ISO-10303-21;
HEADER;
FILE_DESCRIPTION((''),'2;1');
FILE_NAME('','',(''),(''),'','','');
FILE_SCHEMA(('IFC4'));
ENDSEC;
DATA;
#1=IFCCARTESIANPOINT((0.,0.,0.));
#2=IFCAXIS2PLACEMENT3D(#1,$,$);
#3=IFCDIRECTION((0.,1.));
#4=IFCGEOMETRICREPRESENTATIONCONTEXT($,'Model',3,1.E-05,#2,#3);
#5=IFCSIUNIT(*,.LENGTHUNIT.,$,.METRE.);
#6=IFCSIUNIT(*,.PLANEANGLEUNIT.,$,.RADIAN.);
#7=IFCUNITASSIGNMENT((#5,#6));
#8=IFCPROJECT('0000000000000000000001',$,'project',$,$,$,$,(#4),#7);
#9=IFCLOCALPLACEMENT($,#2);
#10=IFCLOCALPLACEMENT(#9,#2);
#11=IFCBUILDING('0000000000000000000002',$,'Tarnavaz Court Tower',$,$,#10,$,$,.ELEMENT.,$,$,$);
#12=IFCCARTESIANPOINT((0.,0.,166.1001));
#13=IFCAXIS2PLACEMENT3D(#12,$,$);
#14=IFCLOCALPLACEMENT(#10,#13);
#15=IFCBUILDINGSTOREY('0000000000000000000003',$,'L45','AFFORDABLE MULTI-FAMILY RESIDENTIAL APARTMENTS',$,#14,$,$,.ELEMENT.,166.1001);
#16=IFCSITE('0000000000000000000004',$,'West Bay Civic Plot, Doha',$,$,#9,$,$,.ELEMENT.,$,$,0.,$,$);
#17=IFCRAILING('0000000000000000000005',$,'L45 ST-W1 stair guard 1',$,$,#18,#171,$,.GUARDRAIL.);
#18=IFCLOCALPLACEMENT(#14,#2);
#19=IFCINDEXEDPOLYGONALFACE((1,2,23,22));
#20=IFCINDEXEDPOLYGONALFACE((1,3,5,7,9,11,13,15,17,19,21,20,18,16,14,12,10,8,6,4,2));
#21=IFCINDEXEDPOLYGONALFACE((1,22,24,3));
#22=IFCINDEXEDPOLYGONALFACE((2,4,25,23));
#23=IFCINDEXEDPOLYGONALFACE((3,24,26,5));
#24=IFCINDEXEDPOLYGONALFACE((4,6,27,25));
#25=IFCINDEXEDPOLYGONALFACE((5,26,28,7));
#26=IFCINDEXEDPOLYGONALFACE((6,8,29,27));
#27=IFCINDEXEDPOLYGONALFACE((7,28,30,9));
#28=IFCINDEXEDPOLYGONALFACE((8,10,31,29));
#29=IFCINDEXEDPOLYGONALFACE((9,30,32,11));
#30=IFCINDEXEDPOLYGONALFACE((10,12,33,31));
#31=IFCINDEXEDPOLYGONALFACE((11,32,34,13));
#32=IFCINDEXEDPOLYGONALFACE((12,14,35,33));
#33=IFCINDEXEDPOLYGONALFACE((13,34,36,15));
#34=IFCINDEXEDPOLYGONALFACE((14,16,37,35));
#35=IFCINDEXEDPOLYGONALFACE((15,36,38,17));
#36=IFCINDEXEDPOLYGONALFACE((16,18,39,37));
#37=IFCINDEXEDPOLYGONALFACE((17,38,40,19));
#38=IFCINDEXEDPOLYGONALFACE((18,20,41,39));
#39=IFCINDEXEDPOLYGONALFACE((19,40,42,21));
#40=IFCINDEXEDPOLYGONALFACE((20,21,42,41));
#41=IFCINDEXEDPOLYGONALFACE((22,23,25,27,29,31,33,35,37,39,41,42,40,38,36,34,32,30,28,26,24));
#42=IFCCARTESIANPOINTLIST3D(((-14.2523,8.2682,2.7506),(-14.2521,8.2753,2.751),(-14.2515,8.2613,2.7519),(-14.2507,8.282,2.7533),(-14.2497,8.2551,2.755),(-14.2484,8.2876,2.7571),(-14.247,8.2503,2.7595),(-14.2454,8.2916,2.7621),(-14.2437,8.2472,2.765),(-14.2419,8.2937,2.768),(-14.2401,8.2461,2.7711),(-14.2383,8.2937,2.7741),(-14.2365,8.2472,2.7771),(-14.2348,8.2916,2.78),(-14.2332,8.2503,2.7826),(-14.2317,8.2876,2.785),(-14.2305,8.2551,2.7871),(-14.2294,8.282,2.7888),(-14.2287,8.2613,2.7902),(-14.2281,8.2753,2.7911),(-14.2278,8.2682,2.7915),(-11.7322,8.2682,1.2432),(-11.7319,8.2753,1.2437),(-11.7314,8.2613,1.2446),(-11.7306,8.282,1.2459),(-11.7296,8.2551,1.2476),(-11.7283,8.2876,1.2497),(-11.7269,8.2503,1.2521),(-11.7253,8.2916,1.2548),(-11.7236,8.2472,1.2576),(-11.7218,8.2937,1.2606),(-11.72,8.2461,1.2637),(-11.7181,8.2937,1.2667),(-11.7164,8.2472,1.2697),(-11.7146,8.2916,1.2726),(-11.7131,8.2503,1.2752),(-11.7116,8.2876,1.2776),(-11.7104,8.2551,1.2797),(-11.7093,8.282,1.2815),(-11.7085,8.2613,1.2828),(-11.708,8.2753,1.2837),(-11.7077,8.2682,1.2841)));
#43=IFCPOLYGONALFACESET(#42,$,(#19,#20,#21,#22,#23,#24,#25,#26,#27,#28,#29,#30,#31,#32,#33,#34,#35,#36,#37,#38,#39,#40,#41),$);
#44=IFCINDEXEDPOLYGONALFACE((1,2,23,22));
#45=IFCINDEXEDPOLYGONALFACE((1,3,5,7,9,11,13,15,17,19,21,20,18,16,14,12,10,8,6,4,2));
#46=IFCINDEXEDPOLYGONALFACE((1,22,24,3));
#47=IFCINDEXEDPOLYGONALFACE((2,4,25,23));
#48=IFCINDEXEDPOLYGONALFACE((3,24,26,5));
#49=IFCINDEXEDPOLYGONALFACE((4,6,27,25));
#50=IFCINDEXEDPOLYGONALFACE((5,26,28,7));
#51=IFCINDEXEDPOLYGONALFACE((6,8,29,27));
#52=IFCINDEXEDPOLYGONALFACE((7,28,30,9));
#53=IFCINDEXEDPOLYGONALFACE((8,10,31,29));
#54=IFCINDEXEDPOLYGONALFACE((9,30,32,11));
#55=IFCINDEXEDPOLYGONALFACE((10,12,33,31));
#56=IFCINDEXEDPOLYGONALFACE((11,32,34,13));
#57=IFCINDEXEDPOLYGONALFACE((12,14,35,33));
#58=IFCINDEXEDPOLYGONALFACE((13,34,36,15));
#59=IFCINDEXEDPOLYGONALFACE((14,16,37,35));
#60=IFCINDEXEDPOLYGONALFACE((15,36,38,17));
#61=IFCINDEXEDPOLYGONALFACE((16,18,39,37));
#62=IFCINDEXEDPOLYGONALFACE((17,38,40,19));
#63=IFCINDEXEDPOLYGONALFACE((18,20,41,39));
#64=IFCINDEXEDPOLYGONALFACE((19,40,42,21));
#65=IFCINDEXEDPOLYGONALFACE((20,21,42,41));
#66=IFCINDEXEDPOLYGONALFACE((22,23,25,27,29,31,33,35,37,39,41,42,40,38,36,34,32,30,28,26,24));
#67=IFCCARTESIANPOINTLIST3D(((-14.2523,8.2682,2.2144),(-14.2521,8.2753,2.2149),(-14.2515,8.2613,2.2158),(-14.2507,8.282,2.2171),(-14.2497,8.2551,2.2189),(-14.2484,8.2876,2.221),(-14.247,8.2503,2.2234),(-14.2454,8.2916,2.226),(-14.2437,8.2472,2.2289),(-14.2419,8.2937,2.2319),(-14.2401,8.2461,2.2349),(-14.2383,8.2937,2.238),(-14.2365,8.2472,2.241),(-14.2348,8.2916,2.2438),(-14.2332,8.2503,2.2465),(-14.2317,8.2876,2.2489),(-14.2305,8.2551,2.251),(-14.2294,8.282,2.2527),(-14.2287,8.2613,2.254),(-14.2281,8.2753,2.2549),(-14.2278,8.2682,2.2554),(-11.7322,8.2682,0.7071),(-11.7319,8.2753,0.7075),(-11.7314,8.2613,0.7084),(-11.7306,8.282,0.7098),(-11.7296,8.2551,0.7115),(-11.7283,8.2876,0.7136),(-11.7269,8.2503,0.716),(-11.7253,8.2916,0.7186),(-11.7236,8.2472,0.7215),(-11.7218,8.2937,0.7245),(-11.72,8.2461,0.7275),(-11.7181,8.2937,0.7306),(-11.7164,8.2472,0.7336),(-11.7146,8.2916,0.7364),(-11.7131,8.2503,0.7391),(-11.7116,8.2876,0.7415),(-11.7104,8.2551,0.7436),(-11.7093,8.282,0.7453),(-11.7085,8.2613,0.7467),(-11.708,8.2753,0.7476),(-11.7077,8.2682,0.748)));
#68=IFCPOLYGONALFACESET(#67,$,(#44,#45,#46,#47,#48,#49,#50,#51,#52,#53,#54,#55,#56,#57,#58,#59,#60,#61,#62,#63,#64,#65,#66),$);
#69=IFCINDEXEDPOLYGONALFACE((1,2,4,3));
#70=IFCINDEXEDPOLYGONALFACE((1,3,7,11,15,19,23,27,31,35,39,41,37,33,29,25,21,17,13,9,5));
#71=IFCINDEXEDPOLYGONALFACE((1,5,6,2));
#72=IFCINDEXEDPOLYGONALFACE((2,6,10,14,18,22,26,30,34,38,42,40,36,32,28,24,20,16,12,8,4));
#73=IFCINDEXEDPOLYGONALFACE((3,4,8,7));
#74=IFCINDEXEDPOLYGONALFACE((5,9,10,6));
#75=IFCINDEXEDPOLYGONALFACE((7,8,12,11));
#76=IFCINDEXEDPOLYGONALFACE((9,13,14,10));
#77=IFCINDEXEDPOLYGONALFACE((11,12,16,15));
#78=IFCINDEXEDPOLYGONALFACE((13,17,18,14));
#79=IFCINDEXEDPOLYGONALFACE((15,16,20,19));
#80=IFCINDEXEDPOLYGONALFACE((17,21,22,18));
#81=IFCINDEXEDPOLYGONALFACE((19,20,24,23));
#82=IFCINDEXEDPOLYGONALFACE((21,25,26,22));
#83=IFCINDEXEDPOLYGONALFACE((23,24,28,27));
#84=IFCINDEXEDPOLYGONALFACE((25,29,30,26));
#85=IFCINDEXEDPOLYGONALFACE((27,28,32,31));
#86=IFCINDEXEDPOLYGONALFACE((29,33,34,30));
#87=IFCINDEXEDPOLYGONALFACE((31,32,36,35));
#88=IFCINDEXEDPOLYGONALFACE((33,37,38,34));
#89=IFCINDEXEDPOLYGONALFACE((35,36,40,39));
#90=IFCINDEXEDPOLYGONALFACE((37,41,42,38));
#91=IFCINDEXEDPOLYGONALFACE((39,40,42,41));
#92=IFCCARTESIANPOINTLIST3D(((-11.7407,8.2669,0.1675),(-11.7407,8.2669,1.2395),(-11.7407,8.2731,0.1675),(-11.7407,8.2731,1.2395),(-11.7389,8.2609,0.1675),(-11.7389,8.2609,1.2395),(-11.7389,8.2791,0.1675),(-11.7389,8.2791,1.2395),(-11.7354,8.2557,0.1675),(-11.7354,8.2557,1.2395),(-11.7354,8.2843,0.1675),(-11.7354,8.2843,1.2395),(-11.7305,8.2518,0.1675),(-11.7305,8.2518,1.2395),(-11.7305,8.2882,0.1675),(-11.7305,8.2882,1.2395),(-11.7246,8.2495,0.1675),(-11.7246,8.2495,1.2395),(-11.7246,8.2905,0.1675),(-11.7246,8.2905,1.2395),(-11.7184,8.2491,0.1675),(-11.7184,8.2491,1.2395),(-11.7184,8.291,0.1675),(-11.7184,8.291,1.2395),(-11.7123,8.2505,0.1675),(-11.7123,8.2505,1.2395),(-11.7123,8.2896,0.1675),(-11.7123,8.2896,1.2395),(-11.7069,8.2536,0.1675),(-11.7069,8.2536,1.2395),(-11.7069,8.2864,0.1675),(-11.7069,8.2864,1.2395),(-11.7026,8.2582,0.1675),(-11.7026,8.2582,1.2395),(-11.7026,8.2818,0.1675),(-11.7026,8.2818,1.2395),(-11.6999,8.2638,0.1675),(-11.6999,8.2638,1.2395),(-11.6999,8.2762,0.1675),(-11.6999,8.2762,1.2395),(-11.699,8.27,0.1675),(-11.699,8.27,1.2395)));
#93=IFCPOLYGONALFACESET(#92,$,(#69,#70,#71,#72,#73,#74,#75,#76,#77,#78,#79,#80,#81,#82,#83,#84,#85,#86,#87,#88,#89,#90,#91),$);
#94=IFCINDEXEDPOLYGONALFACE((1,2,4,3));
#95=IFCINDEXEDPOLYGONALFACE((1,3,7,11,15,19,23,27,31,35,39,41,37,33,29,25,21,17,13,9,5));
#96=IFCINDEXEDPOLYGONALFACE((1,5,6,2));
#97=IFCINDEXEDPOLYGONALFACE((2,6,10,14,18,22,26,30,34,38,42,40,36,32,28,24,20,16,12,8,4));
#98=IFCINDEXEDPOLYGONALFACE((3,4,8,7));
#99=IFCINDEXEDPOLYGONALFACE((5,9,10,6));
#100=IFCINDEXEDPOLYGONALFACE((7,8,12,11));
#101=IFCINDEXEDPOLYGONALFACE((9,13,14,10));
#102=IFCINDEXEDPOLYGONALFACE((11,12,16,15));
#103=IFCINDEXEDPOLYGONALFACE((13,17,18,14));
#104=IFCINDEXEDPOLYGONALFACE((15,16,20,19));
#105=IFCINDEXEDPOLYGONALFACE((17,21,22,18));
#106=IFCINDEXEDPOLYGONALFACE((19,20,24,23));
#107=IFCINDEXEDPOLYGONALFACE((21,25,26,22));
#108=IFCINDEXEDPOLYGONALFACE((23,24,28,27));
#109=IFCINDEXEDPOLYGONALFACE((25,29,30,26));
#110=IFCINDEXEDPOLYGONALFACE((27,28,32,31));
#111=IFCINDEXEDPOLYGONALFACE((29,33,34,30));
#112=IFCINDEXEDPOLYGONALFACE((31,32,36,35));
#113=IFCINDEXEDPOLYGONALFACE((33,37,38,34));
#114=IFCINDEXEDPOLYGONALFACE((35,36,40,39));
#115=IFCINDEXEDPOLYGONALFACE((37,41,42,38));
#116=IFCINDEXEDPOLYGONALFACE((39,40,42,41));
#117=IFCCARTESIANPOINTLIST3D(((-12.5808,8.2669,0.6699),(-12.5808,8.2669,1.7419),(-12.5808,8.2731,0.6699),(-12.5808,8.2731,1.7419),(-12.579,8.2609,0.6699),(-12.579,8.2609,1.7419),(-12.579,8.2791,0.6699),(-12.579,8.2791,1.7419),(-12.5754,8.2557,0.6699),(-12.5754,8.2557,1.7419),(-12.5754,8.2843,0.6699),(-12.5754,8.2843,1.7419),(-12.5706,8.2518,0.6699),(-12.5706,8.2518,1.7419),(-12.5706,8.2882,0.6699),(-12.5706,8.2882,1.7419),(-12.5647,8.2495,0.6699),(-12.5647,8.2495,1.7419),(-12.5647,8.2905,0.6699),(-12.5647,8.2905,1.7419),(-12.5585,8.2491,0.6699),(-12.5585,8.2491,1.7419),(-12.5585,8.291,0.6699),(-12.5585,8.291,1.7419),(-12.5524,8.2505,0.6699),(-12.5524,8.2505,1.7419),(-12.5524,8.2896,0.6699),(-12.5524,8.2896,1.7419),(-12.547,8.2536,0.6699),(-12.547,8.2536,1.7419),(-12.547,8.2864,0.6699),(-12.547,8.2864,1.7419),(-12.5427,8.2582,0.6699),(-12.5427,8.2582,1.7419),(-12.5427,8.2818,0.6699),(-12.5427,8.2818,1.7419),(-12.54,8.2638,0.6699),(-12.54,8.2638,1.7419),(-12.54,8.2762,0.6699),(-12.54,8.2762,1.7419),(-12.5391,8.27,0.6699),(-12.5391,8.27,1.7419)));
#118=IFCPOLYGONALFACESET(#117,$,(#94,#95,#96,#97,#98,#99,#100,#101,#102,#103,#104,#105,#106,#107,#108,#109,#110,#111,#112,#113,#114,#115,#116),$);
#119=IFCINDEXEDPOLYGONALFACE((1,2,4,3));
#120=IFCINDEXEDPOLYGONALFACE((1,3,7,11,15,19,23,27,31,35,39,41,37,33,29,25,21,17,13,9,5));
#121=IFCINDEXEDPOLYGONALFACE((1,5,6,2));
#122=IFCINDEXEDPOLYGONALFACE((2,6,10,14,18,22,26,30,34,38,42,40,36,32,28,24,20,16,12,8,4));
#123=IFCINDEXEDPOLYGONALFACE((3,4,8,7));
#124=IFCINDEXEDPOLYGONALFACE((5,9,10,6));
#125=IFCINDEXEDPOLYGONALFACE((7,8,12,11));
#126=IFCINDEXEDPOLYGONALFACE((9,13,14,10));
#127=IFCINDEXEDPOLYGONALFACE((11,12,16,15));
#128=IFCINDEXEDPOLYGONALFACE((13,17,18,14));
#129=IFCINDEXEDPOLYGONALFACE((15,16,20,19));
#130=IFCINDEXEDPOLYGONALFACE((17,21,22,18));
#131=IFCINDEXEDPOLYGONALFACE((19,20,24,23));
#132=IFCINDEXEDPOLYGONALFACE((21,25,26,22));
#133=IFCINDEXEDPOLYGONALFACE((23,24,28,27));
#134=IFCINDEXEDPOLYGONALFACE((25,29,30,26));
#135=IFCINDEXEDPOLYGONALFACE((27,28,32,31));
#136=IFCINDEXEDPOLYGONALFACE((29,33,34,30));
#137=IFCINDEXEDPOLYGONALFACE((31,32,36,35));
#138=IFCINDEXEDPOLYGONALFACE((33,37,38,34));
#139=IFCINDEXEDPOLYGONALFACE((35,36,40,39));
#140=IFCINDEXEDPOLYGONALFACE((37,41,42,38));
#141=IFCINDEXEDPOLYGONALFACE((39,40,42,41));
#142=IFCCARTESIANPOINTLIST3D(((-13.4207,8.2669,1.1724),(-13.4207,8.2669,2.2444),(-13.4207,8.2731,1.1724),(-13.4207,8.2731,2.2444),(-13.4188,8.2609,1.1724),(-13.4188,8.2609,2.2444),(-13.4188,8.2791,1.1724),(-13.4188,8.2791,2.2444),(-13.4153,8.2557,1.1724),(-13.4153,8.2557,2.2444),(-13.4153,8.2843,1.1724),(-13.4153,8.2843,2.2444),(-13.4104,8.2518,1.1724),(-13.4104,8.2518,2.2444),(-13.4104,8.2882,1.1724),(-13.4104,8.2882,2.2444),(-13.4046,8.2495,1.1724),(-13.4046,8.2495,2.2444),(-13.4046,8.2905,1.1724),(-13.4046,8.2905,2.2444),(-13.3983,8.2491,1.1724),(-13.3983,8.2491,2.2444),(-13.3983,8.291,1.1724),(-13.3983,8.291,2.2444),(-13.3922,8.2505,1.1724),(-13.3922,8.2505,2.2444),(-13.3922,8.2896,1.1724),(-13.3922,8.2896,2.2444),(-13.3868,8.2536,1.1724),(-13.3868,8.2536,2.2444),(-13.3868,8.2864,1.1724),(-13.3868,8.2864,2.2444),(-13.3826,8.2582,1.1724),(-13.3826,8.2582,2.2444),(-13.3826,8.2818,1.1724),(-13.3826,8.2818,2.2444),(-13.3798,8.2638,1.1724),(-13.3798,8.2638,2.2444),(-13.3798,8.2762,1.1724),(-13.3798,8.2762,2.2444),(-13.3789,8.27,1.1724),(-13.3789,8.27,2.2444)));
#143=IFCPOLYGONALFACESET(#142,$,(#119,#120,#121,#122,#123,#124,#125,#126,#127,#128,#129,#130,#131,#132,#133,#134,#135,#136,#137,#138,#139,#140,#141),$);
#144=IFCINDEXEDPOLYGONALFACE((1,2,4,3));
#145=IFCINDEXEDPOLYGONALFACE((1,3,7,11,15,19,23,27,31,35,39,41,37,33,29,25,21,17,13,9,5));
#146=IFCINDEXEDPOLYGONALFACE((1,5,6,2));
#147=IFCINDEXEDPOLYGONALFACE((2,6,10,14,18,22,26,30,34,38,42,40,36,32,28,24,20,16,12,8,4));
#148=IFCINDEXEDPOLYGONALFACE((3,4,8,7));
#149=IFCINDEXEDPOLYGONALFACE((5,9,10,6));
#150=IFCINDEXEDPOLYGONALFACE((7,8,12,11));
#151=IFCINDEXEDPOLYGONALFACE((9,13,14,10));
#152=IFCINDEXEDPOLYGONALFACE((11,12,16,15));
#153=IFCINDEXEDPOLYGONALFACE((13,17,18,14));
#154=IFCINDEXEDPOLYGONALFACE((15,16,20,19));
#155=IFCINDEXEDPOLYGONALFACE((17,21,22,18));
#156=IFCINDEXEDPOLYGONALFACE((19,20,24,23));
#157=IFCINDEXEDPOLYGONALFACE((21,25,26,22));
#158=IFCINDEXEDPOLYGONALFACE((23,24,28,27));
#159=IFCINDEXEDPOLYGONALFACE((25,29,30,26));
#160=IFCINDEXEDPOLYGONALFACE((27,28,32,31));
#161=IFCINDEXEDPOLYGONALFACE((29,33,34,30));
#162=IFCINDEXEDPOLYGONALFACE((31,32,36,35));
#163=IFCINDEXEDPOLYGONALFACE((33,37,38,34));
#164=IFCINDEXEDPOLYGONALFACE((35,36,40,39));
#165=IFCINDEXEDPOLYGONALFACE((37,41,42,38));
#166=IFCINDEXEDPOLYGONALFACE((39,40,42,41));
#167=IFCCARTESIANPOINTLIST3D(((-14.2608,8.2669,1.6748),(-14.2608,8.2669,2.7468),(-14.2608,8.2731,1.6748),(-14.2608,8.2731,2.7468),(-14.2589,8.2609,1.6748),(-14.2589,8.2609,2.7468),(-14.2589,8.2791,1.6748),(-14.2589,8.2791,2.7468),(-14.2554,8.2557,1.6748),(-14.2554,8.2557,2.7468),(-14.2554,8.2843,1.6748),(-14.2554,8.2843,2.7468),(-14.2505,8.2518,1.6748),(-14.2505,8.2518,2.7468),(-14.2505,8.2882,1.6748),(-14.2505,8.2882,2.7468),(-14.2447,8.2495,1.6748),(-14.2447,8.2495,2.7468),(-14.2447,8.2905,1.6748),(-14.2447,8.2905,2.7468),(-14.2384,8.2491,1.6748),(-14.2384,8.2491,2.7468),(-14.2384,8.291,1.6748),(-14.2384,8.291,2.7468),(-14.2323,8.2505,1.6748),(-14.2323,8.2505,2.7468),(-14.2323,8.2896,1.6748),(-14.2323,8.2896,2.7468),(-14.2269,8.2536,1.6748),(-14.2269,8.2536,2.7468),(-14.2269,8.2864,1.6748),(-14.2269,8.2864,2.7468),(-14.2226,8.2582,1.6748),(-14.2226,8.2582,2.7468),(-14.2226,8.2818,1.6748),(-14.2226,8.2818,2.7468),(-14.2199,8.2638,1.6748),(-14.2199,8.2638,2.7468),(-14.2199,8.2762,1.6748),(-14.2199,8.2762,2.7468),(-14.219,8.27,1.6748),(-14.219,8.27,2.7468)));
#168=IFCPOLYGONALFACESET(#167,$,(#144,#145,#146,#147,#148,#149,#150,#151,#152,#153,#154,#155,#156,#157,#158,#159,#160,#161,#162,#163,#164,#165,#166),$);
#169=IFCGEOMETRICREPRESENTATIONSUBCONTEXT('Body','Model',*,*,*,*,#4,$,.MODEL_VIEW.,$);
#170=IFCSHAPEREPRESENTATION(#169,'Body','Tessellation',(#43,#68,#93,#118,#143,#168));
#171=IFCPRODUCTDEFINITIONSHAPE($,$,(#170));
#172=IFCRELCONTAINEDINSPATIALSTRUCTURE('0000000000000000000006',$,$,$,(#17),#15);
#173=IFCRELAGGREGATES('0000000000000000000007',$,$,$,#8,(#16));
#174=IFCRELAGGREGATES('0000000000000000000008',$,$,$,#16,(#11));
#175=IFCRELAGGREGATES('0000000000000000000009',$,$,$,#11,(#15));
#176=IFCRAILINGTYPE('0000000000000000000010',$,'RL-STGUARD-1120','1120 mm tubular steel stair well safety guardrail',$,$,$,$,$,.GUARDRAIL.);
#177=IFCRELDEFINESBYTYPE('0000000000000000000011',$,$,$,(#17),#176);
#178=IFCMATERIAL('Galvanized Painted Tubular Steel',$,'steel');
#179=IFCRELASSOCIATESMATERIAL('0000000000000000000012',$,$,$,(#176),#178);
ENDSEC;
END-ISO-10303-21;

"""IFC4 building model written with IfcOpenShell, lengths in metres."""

from ifc_helpers import new_model, si_unit, direction, frame, origin, origin_2d, place, context, subcontext, project, spatial, circle, extrude, material, type_object, element, save


model = new_model("IFC4")

# Units and contexts
model_context = context("Model", 3, precision=1e-05, world=origin(), true_north=direction((0.0, 1.0)))
body_context = subcontext(model_context, "Body", "Model", "MODEL_VIEW")
ifc_project = project(units=[si_unit("LENGTHUNIT", "METRE"), si_unit("PLANEANGLEUNIT", "RADIAN")], contexts=[model_context])

# Site, building, storey
site_placement = place(None, origin())
site = spatial("IfcSite", under=ifc_project, at=site_placement, Name="West Bay Civic Plot, Doha", CompositionType="ELEMENT", RefElevation=0.0)
building_placement = place(site_placement, origin())
building = spatial("IfcBuilding", under=site, at=building_placement, Name="Tarnavaz Court Tower", CompositionType="ELEMENT")
storey_placement = place(building_placement, frame((0.0, 0.0, 166.1001)))
storey = spatial("IfcBuildingStorey", under=building, at=storey_placement, Name="L45", Description="AFFORDABLE MULTI-FAMILY RESIDENTIAL APARTMENTS", CompositionType="ELEMENT", Elevation=166.1001)

# Railing
ifc_material_1 = material(Name="Galvanized Painted Tubular Steel", Category="steel")
railing_type_1 = type_object("IfcRailingType", Name="RL-STGUARD-1120", Description="1120 mm tubular steel stair well safety guardrail", PredefinedType="GUARDRAIL", material=ifc_material_1)
railing_1_placement = place(storey_placement, frame((-11.72, 8.27, 0.1675)))
element("IfcRailing", 1, at=railing_1_placement, inside=storey, type_object=railing_type_1, Name="L45 ST-W1 stair guard 1", PredefinedType="GUARDRAIL", context=body_context, shape_type="SweptSolid", body=[
    extrude(circle(Radius=0.0239, at=origin_2d()), frame((0.0, 0.0, 1.0962), z_axis=(-0.858196, 0.0, 0.513321), x_axis=(0.0, -1.0, 0.0)), (0.0, 0.0, 1.0), 2.9365),
    extrude(circle(Radius=0.0239, at=origin_2d()), frame((0.0, 0.0, 0.5601), z_axis=(-0.858196, 0.0, 0.513321), x_axis=(0.0, -1.0, 0.0)), (0.0, 0.0, 1.0), 2.9365),
    extrude(circle(Radius=0.021, at=origin_2d()), origin(), (0.0, 0.0, 1.0), 1.072),
    extrude(circle(Radius=0.021, at=origin_2d()), frame((-0.8401, 0.0, 0.5024)), (0.0, 0.0, 1.0), 1.072),
    extrude(circle(Radius=0.021, at=origin_2d()), frame((-1.6799, 0.0, 1.0049)), (0.0, 0.0, 1.0), 1.072),
    extrude(circle(Radius=0.021, at=origin_2d()), frame((-2.52, 0.0, 1.5073)), (0.0, 0.0, 1.0), 1.072),
])

save(model, "model.ifc")
